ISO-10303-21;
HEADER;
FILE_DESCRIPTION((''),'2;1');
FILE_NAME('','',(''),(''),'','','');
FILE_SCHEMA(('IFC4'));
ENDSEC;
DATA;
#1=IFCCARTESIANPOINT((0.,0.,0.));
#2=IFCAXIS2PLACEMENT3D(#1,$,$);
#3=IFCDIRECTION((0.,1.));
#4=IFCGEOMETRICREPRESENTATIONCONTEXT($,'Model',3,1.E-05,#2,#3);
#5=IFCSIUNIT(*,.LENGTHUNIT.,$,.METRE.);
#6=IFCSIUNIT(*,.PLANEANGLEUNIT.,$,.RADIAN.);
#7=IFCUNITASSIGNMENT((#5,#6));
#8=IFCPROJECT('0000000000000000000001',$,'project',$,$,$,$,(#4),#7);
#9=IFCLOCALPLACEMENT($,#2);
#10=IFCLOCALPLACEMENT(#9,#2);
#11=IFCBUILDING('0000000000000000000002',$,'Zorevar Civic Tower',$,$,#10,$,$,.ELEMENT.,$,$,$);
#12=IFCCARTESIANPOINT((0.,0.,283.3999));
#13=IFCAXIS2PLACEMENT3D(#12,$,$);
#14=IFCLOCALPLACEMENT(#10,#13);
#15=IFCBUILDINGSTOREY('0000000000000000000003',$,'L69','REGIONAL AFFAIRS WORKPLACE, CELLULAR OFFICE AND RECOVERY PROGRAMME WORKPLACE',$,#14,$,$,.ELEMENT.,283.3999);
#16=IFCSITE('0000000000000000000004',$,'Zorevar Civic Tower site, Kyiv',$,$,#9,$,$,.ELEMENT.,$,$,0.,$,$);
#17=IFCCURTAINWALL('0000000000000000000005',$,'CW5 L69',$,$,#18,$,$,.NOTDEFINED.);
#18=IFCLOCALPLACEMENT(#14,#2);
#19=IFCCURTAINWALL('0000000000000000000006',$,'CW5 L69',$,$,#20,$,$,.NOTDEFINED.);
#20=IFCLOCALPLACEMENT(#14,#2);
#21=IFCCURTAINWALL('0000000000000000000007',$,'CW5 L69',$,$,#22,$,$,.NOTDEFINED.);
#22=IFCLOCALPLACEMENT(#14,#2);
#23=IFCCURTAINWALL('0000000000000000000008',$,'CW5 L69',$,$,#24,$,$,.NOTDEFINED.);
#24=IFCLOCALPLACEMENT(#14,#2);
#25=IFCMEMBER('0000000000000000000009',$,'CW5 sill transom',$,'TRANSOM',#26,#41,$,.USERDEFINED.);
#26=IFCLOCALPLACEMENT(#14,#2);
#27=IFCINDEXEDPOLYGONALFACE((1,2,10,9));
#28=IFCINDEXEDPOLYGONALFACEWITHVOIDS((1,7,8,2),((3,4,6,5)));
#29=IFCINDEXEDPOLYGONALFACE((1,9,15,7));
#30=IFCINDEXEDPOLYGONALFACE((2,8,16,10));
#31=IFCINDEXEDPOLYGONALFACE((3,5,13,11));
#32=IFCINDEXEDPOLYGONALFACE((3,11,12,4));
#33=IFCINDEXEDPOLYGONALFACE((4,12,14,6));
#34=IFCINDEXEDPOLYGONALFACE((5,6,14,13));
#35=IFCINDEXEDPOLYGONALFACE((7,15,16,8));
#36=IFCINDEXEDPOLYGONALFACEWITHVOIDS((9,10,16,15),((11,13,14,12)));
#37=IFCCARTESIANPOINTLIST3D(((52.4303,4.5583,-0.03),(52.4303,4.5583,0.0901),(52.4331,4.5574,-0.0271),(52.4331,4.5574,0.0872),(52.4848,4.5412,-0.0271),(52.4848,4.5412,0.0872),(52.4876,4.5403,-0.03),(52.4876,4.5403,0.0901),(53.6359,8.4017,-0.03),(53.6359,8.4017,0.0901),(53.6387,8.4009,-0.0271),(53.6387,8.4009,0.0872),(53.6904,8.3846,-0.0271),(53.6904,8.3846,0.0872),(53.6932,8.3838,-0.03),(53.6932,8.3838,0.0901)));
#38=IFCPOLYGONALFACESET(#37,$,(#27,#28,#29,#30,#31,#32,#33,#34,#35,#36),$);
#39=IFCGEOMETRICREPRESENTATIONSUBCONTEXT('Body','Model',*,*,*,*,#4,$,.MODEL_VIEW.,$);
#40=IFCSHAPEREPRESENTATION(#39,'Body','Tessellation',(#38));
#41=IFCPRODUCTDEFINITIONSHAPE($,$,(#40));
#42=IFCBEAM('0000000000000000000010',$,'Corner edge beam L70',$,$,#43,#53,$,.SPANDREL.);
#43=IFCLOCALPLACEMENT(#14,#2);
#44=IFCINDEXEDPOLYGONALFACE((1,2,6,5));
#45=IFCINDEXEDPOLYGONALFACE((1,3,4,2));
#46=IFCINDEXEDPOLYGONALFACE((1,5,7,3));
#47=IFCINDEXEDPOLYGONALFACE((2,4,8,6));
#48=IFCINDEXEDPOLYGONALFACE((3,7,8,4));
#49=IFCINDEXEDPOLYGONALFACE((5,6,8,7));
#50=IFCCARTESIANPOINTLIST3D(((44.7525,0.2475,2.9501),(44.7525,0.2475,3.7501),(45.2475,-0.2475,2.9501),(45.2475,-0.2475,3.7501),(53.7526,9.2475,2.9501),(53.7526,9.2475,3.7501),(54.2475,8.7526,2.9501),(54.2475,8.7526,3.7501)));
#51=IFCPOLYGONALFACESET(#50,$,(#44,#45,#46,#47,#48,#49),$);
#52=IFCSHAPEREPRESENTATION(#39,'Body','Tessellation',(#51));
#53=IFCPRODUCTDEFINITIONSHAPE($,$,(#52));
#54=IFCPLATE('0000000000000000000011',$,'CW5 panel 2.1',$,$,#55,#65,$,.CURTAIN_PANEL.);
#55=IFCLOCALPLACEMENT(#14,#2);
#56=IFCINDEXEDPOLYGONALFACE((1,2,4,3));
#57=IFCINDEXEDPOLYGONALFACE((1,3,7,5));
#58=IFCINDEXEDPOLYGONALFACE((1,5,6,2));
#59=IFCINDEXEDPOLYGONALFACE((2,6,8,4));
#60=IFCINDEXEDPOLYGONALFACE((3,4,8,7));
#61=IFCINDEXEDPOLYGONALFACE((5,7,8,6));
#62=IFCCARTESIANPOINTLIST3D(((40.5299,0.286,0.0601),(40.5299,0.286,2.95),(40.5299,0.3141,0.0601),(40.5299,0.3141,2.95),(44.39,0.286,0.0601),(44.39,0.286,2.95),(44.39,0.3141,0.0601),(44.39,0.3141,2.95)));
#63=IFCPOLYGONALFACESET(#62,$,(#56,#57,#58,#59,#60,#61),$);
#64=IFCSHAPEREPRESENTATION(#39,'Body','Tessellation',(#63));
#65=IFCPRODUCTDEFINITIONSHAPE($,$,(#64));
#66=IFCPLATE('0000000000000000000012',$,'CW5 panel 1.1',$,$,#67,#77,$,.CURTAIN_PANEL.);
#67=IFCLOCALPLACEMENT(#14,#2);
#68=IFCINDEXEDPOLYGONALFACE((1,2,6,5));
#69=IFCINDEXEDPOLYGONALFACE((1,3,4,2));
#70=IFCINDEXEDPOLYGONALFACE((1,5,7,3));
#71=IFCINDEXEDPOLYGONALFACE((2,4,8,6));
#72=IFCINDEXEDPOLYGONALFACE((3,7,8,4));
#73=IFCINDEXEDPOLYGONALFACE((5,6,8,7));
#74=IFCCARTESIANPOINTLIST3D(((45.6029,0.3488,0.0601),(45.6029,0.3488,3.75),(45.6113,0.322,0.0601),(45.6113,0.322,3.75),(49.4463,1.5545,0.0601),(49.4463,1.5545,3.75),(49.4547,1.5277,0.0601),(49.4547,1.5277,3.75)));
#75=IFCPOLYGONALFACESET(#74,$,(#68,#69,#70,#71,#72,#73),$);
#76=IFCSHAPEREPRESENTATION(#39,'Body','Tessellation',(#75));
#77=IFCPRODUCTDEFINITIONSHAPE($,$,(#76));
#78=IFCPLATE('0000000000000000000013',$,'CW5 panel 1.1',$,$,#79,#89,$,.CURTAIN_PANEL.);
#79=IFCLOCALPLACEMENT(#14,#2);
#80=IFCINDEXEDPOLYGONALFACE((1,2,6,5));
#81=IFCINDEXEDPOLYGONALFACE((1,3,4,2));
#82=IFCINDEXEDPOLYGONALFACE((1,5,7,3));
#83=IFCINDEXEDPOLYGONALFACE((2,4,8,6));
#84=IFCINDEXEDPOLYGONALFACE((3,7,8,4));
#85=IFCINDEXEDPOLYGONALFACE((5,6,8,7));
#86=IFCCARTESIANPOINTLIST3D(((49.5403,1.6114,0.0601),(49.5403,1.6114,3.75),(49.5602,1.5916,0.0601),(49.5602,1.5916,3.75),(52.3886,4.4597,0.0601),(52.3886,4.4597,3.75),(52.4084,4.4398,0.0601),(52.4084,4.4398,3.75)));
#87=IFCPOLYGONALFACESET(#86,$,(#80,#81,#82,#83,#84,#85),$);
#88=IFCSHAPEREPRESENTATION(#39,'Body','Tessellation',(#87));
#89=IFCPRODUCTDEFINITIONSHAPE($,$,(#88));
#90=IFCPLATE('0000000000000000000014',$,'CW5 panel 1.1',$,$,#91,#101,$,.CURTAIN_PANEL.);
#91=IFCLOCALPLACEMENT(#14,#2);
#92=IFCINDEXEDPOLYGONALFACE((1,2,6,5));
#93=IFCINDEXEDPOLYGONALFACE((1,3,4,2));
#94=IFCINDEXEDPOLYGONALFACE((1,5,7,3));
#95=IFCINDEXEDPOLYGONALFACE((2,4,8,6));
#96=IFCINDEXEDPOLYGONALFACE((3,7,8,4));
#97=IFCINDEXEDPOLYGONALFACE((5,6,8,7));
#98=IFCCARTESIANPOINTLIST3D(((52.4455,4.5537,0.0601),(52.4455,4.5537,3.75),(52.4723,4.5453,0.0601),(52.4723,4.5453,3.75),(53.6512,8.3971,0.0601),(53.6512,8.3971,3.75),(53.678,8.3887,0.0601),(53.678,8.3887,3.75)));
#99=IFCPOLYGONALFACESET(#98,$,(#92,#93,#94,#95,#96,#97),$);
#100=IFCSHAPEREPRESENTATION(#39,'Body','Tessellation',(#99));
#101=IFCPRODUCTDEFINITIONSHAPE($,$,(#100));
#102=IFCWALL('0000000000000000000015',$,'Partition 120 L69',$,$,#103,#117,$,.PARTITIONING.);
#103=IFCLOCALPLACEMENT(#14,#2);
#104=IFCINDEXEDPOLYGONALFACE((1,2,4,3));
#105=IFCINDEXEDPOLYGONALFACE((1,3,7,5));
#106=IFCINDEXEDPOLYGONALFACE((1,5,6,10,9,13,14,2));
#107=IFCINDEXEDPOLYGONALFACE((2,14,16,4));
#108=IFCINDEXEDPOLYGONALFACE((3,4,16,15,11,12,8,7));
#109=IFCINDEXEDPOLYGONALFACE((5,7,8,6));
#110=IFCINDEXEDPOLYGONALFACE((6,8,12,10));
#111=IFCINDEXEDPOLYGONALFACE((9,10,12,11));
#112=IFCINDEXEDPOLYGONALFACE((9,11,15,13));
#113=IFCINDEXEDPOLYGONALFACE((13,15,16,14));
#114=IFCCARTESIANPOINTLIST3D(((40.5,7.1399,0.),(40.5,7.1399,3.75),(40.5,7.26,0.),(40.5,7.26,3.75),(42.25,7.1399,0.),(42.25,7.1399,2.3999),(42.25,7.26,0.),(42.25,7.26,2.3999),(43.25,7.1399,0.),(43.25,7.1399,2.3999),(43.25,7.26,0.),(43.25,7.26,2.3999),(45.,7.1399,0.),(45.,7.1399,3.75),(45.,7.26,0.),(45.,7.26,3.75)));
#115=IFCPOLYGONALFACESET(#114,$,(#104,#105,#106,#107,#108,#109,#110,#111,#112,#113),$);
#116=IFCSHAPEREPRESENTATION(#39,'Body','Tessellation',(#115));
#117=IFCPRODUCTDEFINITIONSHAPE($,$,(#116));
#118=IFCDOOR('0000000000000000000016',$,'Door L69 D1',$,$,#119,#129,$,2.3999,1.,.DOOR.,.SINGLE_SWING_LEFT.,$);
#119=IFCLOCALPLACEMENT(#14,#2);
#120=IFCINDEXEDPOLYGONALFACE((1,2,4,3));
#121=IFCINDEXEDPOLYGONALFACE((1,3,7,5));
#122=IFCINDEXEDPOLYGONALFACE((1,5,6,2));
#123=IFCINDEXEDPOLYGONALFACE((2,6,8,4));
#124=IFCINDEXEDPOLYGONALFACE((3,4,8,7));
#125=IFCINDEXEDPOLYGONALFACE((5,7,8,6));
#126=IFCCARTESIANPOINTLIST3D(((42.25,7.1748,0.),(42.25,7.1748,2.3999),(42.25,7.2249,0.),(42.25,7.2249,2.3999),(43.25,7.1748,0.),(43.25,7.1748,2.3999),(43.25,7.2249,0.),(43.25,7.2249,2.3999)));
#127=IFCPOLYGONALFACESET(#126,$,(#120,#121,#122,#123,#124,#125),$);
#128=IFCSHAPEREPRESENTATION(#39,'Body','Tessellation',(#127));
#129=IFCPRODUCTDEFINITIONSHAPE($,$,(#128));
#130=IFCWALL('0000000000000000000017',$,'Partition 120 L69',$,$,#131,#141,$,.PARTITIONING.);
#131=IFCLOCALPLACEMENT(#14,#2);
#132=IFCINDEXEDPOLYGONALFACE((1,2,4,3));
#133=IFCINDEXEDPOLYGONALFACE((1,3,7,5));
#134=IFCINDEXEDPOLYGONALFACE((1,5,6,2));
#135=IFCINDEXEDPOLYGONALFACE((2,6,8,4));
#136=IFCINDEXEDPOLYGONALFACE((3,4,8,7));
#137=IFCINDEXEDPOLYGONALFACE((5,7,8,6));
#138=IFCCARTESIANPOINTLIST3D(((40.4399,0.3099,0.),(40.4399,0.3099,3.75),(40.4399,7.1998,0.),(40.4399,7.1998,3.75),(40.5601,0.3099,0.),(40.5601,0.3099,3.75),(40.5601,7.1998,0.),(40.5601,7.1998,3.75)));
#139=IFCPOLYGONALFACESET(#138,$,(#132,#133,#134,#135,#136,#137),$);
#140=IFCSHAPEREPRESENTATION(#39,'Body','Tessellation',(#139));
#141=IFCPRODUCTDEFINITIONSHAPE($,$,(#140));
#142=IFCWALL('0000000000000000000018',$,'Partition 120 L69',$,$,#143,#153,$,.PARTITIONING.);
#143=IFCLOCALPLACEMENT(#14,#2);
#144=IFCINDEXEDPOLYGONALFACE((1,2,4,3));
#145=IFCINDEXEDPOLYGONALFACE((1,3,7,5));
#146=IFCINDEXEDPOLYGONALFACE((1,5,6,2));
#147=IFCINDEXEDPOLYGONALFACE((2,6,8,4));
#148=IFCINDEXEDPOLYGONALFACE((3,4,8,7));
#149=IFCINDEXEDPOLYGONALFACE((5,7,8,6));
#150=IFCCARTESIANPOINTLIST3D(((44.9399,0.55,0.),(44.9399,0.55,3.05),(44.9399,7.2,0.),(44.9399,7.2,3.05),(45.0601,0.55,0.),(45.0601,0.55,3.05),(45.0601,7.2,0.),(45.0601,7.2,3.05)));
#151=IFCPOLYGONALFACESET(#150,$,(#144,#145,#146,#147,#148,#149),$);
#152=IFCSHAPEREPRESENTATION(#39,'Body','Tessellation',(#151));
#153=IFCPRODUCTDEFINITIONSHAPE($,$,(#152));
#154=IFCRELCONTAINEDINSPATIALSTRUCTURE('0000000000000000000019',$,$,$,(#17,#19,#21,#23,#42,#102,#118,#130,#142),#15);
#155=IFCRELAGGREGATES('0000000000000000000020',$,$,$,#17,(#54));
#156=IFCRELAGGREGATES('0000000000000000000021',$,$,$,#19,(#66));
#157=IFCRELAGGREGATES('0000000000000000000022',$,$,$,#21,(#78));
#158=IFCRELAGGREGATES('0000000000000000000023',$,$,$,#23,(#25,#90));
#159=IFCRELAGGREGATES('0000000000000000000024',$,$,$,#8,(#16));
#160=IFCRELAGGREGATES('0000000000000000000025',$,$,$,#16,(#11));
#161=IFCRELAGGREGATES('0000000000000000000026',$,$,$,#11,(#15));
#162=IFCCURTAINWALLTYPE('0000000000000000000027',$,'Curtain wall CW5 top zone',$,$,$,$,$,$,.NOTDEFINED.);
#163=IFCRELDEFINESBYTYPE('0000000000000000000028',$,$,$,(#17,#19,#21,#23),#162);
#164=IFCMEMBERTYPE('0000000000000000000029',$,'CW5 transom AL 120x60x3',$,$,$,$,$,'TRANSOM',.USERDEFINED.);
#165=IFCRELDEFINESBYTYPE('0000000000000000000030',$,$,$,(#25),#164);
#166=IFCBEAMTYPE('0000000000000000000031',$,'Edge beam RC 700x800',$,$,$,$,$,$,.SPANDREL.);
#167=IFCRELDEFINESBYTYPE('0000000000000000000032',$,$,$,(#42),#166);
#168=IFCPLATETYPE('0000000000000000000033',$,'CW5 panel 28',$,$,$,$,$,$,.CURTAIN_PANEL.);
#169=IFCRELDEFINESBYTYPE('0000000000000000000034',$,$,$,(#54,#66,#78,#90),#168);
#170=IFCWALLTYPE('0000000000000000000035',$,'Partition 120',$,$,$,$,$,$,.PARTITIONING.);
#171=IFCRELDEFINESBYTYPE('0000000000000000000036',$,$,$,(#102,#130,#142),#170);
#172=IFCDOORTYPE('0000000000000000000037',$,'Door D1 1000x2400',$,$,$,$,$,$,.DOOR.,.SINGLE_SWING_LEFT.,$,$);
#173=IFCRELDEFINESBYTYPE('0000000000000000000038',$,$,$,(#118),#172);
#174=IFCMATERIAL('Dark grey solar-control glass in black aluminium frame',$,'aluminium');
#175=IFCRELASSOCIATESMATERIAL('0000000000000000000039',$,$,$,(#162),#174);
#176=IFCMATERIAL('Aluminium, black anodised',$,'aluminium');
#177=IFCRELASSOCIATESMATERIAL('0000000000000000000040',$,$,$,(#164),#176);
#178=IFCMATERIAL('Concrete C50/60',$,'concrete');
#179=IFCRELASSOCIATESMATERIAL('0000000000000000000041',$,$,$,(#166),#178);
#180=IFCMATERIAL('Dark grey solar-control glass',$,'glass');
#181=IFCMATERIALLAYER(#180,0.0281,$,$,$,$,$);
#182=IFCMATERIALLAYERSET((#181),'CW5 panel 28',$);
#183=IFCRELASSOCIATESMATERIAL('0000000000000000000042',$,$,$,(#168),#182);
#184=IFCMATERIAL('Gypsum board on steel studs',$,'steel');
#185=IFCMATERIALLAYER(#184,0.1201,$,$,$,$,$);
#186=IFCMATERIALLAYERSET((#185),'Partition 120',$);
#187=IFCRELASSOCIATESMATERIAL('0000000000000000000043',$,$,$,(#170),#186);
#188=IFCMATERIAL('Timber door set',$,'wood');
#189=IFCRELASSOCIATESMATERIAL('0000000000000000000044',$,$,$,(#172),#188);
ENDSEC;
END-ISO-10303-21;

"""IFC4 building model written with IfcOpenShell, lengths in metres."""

from ifc_helpers import new_model, si_unit, direction, frame, frame_2d, origin, origin_2d, place, context, subcontext, project, spatial, rectangle, hollow_rectangle, extrude, material, layer, layer_set, material_profile, profile_set, type_object, element, fill, aggregate, save


model = new_model("IFC4")

# Units and contexts
model_context = context("Model", 3, precision=1e-05, world=origin(), true_north=direction((0.0, 1.0)))
body_context = subcontext(model_context, "Body", "Model", "MODEL_VIEW")
ifc_project = project(units=[si_unit("LENGTHUNIT", "METRE"), si_unit("PLANEANGLEUNIT", "RADIAN")], contexts=[model_context])

# Site, building, storey
site_placement = place(None, origin())
site = spatial("IfcSite", under=ifc_project, at=site_placement, Name="Zorevar Civic Tower site, Kyiv", CompositionType="ELEMENT", RefElevation=0.0)
building_placement = place(site_placement, origin())
building = spatial("IfcBuilding", under=site, at=building_placement, Name="Zorevar Civic Tower", CompositionType="ELEMENT")
storey_placement = place(building_placement, frame((0.0, 0.0, 283.3999)))
storey = spatial("IfcBuildingStorey", under=building, at=storey_placement, Name="L69", Description="REGIONAL AFFAIRS WORKPLACE, CELLULAR OFFICE AND RECOVERY PROGRAMME WORKPLACE", CompositionType="ELEMENT", Elevation=283.3999)

# Curtain wall
ifc_material_1 = material(Name="Dark grey solar-control glass in black aluminium frame", Category="aluminium")
curtain_wall_type = type_object("IfcCurtainWallType", Name="Curtain wall CW5 top zone", PredefinedType="NOTDEFINED", material=ifc_material_1)
curtain_wall_1_placement = place(storey_placement, origin())
curtain_wall_1 = element("IfcCurtainWall", 1, at=curtain_wall_1_placement, inside=storey, type_object=curtain_wall_type, Name="CW5 L69", PredefinedType="NOTDEFINED")

# Curtain walls
curtain_wall_2_placement = place(storey_placement, origin())
curtain_wall_2 = element("IfcCurtainWall", 2, at=curtain_wall_2_placement, inside=storey, type_object=curtain_wall_type, Name="CW5 L69", PredefinedType="NOTDEFINED")
curtain_wall_3_placement = place(storey_placement, origin())
curtain_wall_3 = element("IfcCurtainWall", 3, at=curtain_wall_3_placement, inside=storey, type_object=curtain_wall_type, Name="CW5 L69", PredefinedType="NOTDEFINED")
curtain_wall_4_placement = place(storey_placement, origin())
curtain_wall_4 = element("IfcCurtainWall", 4, at=curtain_wall_4_placement, inside=storey, type_object=curtain_wall_type, Name="CW5 L69", PredefinedType="NOTDEFINED")

# Member
ifc_material_2 = material(Name="Aluminium, black anodised", Category="aluminium")
ifc_material_profile_1 = material_profile(ifc_material_2, hollow_rectangle(XDim=0.0601, YDim=0.1201, WallThickness=0.0029, at=origin_2d()), Name="AL 120x60x3")
ifc_profile_set_1 = profile_set([ifc_material_profile_1], Name="Aluminium, black anodised")
member_type_1 = type_object("IfcMemberType", Name="CW5 transom AL 120x60x3", ElementType="TRANSOM", PredefinedType="USERDEFINED", material=ifc_profile_set_1)
member_1_placement = place(storey_placement, frame((52.459, 4.5493, 0.03), z_axis=(0.299286, 0.954163, 0.0), x_axis=(-0.954163, 0.299286, 0.0)))
member_1 = element("IfcMember", 5, at=member_1_placement, type_object=member_type_1, Name="CW5 sill transom", ObjectType="TRANSOM", PredefinedType="USERDEFINED", context=body_context, shape_type="SweptSolid", body=[
    extrude(hollow_rectangle(XDim=0.0601, YDim=0.1201, WallThickness=0.0029, at=origin_2d()), origin(), (0.0, 0.0, 1.0), 4.0281),
])

# Beam
ifc_material_3 = material(Name="Concrete C50/60", Category="concrete")
ifc_material_profile_2 = material_profile(ifc_material_3, rectangle(XDim=0.7, YDim=0.8, at=origin_2d()), Name="RC 700x800")
ifc_profile_set_2 = profile_set([ifc_material_profile_2], Name="Concrete C50/60")
beam_type_1 = type_object("IfcBeamType", Name="Edge beam RC 700x800", PredefinedType="SPANDREL", material=ifc_profile_set_2)
beam_1_placement = place(storey_placement, frame((45.0, 0.0, 3.3501), z_axis=(0.707107, 0.707107, 0.0), x_axis=(-0.707107, 0.707107, 0.0)))
element("IfcBeam", 6, at=beam_1_placement, inside=storey, type_object=beam_type_1, Name="Corner edge beam L70", PredefinedType="SPANDREL", context=body_context, shape_type="SweptSolid", body=[
    extrude(rectangle(XDim=0.7, YDim=0.8, at=origin_2d()), origin(), (0.0, 0.0, 1.0), 12.728),
])

# Plates
ifc_material_4 = material(Name="Dark grey solar-control glass", Category="glass")
ifc_layer_1 = layer(ifc_material_4, 0.0281)
ifc_layer_set_1 = layer_set([ifc_layer_1], Name="CW5 panel 28")
plate_type = type_object("IfcPlateType", Name="CW5 panel 28", PredefinedType="CURTAIN_PANEL", material=ifc_layer_set_1)
plate_1_placement = place(storey_placement, frame((42.46, 0.3, 0.0601), z_axis=(0.0, 0.0, 1.0), x_axis=(1.0, 0.0, 0.0)))
plate_1 = element("IfcPlate", 7, at=plate_1_placement, type_object=plate_type, Name="CW5 panel 2.1", PredefinedType="CURTAIN_PANEL", context=body_context, shape_type="SweptSolid", body=[
    extrude(rectangle(XDim=3.8601, YDim=0.0281, at=origin_2d()), origin(), (0.0, 0.0, 1.0), 2.8899),
])
aggregate(curtain_wall_1, [plate_1])
plate_2_placement = place(storey_placement, frame((47.5288, 0.9382, 0.0601), z_axis=(0.0, 0.0, 1.0), x_axis=(0.954153, 0.299318, 0.0)))
plate_2 = element("IfcPlate", 8, at=plate_2_placement, type_object=plate_type, Name="CW5 panel 1.1", PredefinedType="CURTAIN_PANEL", context=body_context, shape_type="SweptSolid", body=[
    extrude(rectangle(XDim=4.0281, YDim=0.0281, at=origin_2d()), origin(), (0.0, 0.0, 1.0), 3.6899),
])
aggregate(curtain_wall_2, [plate_2])
plate_3_placement = place(storey_placement, frame((50.9744, 3.0256, 0.0601), z_axis=(0.0, 0.0, 1.0), x_axis=(0.707107, 0.707107, 0.0)))
plate_3 = element("IfcPlate", 9, at=plate_3_placement, type_object=plate_type, Name="CW5 panel 1.1", PredefinedType="CURTAIN_PANEL", context=body_context, shape_type="SweptSolid", body=[
    extrude(rectangle(XDim=4.0281, YDim=0.0281, at=origin_2d()), origin(), (0.0, 0.0, 1.0), 3.6899),
])
aggregate(curtain_wall_3, [plate_3])
plate_4_placement = place(storey_placement, frame((53.0618, 6.4712, 0.0601), z_axis=(0.0, 0.0, 1.0), x_axis=(0.299318, 0.954153, 0.0)))
plate_4 = element("IfcPlate", 10, at=plate_4_placement, type_object=plate_type, Name="CW5 panel 1.1", PredefinedType="CURTAIN_PANEL", context=body_context, shape_type="SweptSolid", body=[
    extrude(rectangle(XDim=4.0281, YDim=0.0281, at=origin_2d()), origin(), (0.0, 0.0, 1.0), 3.6899),
])
aggregate(curtain_wall_4, [member_1, plate_4])

# Wall, opening, door
ifc_material_5 = material(Name="Gypsum board on steel studs", Category="steel")
ifc_layer_2 = layer(ifc_material_5, 0.1201)
ifc_layer_set_2 = layer_set([ifc_layer_2], Name="Partition 120")
wall_type = type_object("IfcWallType", Name="Partition 120", PredefinedType="PARTITIONING", material=ifc_layer_set_2)
wall_1_placement = place(storey_placement, frame((40.5, 7.2, 0.0), z_axis=(0.0, 0.0, 1.0), x_axis=(1.0, 0.0, 0.0)))
wall_1 = element("IfcWall", 11, at=wall_1_placement, inside=storey, type_object=wall_type, Name="Partition 120 L69", PredefinedType="PARTITIONING", context=body_context, shape_type="SweptSolid", body=[
    extrude(rectangle(XDim=4.5, YDim=0.1201, at=frame_2d((2.25, 0.0))), origin(), (0.0, 0.0, 1.0), 3.75),
])
opening_placement = place(wall_1_placement, frame((1.75, 0.0, 0.0)))
opening = element("IfcOpeningElement", 12, at=opening_placement, cuts=wall_1, PredefinedType="OPENING", context=body_context, shape_type="SweptSolid", body=[
    extrude(rectangle(XDim=1.0, YDim=2.3999, at=frame_2d((0.5, 1.2))), frame((0.0, 0.0701, 0.0), z_axis=(0.0, -1.0, 0.0), x_axis=(1.0, 0.0, 0.0)), (0.0, 0.0, 1.0), 0.1401),
])
ifc_material_6 = material(Name="Timber door set", Category="wood")
door_type = type_object("IfcDoorType", Name="Door D1 1000x2400", OperationType="SINGLE_SWING_LEFT", PredefinedType="DOOR", material=ifc_material_6)
door_placement = place(opening_placement, origin())
door = element("IfcDoor", 13, at=door_placement, inside=storey, type_object=door_type, Name="Door L69 D1", OperationType="SINGLE_SWING_LEFT", OverallHeight=2.3999, OverallWidth=1.0, PredefinedType="DOOR", context=body_context, shape_type="SweptSolid", body=[
    extrude(rectangle(XDim=1.0, YDim=2.3999, at=frame_2d((0.5, 1.2))), frame((0.0, 0.0249, 0.0), z_axis=(0.0, -1.0, 0.0), x_axis=(1.0, 0.0, 0.0)), (0.0, 0.0, 1.0), 0.05),
])
fill(opening, door)

# Walls
wall_2_placement = place(storey_placement, frame((40.5, 0.3101, 0.0), z_axis=(0.0, 0.0, 1.0), x_axis=(0.0, 1.0, 0.0)))
element("IfcWall", 14, at=wall_2_placement, inside=storey, type_object=wall_type, Name="Partition 120 L69", PredefinedType="PARTITIONING", context=body_context, shape_type="SweptSolid", body=[
    extrude(rectangle(XDim=6.8899, YDim=0.1201, at=frame_2d((3.4448, 0.0))), origin(), (0.0, 0.0, 1.0), 3.75),
])
wall_3_placement = place(storey_placement, frame((45.0, 0.55, 0.0), z_axis=(0.0, 0.0, 1.0), x_axis=(0.0, 1.0, 0.0)))
element("IfcWall", 15, at=wall_3_placement, inside=storey, type_object=wall_type, Name="Partition 120 L69", PredefinedType="PARTITIONING", context=body_context, shape_type="SweptSolid", body=[
    extrude(rectangle(XDim=6.6499, YDim=0.1201, at=frame_2d((3.325, 0.0))), origin(), (0.0, 0.0, 1.0), 3.05),
])

save(model, "model.ifc")
